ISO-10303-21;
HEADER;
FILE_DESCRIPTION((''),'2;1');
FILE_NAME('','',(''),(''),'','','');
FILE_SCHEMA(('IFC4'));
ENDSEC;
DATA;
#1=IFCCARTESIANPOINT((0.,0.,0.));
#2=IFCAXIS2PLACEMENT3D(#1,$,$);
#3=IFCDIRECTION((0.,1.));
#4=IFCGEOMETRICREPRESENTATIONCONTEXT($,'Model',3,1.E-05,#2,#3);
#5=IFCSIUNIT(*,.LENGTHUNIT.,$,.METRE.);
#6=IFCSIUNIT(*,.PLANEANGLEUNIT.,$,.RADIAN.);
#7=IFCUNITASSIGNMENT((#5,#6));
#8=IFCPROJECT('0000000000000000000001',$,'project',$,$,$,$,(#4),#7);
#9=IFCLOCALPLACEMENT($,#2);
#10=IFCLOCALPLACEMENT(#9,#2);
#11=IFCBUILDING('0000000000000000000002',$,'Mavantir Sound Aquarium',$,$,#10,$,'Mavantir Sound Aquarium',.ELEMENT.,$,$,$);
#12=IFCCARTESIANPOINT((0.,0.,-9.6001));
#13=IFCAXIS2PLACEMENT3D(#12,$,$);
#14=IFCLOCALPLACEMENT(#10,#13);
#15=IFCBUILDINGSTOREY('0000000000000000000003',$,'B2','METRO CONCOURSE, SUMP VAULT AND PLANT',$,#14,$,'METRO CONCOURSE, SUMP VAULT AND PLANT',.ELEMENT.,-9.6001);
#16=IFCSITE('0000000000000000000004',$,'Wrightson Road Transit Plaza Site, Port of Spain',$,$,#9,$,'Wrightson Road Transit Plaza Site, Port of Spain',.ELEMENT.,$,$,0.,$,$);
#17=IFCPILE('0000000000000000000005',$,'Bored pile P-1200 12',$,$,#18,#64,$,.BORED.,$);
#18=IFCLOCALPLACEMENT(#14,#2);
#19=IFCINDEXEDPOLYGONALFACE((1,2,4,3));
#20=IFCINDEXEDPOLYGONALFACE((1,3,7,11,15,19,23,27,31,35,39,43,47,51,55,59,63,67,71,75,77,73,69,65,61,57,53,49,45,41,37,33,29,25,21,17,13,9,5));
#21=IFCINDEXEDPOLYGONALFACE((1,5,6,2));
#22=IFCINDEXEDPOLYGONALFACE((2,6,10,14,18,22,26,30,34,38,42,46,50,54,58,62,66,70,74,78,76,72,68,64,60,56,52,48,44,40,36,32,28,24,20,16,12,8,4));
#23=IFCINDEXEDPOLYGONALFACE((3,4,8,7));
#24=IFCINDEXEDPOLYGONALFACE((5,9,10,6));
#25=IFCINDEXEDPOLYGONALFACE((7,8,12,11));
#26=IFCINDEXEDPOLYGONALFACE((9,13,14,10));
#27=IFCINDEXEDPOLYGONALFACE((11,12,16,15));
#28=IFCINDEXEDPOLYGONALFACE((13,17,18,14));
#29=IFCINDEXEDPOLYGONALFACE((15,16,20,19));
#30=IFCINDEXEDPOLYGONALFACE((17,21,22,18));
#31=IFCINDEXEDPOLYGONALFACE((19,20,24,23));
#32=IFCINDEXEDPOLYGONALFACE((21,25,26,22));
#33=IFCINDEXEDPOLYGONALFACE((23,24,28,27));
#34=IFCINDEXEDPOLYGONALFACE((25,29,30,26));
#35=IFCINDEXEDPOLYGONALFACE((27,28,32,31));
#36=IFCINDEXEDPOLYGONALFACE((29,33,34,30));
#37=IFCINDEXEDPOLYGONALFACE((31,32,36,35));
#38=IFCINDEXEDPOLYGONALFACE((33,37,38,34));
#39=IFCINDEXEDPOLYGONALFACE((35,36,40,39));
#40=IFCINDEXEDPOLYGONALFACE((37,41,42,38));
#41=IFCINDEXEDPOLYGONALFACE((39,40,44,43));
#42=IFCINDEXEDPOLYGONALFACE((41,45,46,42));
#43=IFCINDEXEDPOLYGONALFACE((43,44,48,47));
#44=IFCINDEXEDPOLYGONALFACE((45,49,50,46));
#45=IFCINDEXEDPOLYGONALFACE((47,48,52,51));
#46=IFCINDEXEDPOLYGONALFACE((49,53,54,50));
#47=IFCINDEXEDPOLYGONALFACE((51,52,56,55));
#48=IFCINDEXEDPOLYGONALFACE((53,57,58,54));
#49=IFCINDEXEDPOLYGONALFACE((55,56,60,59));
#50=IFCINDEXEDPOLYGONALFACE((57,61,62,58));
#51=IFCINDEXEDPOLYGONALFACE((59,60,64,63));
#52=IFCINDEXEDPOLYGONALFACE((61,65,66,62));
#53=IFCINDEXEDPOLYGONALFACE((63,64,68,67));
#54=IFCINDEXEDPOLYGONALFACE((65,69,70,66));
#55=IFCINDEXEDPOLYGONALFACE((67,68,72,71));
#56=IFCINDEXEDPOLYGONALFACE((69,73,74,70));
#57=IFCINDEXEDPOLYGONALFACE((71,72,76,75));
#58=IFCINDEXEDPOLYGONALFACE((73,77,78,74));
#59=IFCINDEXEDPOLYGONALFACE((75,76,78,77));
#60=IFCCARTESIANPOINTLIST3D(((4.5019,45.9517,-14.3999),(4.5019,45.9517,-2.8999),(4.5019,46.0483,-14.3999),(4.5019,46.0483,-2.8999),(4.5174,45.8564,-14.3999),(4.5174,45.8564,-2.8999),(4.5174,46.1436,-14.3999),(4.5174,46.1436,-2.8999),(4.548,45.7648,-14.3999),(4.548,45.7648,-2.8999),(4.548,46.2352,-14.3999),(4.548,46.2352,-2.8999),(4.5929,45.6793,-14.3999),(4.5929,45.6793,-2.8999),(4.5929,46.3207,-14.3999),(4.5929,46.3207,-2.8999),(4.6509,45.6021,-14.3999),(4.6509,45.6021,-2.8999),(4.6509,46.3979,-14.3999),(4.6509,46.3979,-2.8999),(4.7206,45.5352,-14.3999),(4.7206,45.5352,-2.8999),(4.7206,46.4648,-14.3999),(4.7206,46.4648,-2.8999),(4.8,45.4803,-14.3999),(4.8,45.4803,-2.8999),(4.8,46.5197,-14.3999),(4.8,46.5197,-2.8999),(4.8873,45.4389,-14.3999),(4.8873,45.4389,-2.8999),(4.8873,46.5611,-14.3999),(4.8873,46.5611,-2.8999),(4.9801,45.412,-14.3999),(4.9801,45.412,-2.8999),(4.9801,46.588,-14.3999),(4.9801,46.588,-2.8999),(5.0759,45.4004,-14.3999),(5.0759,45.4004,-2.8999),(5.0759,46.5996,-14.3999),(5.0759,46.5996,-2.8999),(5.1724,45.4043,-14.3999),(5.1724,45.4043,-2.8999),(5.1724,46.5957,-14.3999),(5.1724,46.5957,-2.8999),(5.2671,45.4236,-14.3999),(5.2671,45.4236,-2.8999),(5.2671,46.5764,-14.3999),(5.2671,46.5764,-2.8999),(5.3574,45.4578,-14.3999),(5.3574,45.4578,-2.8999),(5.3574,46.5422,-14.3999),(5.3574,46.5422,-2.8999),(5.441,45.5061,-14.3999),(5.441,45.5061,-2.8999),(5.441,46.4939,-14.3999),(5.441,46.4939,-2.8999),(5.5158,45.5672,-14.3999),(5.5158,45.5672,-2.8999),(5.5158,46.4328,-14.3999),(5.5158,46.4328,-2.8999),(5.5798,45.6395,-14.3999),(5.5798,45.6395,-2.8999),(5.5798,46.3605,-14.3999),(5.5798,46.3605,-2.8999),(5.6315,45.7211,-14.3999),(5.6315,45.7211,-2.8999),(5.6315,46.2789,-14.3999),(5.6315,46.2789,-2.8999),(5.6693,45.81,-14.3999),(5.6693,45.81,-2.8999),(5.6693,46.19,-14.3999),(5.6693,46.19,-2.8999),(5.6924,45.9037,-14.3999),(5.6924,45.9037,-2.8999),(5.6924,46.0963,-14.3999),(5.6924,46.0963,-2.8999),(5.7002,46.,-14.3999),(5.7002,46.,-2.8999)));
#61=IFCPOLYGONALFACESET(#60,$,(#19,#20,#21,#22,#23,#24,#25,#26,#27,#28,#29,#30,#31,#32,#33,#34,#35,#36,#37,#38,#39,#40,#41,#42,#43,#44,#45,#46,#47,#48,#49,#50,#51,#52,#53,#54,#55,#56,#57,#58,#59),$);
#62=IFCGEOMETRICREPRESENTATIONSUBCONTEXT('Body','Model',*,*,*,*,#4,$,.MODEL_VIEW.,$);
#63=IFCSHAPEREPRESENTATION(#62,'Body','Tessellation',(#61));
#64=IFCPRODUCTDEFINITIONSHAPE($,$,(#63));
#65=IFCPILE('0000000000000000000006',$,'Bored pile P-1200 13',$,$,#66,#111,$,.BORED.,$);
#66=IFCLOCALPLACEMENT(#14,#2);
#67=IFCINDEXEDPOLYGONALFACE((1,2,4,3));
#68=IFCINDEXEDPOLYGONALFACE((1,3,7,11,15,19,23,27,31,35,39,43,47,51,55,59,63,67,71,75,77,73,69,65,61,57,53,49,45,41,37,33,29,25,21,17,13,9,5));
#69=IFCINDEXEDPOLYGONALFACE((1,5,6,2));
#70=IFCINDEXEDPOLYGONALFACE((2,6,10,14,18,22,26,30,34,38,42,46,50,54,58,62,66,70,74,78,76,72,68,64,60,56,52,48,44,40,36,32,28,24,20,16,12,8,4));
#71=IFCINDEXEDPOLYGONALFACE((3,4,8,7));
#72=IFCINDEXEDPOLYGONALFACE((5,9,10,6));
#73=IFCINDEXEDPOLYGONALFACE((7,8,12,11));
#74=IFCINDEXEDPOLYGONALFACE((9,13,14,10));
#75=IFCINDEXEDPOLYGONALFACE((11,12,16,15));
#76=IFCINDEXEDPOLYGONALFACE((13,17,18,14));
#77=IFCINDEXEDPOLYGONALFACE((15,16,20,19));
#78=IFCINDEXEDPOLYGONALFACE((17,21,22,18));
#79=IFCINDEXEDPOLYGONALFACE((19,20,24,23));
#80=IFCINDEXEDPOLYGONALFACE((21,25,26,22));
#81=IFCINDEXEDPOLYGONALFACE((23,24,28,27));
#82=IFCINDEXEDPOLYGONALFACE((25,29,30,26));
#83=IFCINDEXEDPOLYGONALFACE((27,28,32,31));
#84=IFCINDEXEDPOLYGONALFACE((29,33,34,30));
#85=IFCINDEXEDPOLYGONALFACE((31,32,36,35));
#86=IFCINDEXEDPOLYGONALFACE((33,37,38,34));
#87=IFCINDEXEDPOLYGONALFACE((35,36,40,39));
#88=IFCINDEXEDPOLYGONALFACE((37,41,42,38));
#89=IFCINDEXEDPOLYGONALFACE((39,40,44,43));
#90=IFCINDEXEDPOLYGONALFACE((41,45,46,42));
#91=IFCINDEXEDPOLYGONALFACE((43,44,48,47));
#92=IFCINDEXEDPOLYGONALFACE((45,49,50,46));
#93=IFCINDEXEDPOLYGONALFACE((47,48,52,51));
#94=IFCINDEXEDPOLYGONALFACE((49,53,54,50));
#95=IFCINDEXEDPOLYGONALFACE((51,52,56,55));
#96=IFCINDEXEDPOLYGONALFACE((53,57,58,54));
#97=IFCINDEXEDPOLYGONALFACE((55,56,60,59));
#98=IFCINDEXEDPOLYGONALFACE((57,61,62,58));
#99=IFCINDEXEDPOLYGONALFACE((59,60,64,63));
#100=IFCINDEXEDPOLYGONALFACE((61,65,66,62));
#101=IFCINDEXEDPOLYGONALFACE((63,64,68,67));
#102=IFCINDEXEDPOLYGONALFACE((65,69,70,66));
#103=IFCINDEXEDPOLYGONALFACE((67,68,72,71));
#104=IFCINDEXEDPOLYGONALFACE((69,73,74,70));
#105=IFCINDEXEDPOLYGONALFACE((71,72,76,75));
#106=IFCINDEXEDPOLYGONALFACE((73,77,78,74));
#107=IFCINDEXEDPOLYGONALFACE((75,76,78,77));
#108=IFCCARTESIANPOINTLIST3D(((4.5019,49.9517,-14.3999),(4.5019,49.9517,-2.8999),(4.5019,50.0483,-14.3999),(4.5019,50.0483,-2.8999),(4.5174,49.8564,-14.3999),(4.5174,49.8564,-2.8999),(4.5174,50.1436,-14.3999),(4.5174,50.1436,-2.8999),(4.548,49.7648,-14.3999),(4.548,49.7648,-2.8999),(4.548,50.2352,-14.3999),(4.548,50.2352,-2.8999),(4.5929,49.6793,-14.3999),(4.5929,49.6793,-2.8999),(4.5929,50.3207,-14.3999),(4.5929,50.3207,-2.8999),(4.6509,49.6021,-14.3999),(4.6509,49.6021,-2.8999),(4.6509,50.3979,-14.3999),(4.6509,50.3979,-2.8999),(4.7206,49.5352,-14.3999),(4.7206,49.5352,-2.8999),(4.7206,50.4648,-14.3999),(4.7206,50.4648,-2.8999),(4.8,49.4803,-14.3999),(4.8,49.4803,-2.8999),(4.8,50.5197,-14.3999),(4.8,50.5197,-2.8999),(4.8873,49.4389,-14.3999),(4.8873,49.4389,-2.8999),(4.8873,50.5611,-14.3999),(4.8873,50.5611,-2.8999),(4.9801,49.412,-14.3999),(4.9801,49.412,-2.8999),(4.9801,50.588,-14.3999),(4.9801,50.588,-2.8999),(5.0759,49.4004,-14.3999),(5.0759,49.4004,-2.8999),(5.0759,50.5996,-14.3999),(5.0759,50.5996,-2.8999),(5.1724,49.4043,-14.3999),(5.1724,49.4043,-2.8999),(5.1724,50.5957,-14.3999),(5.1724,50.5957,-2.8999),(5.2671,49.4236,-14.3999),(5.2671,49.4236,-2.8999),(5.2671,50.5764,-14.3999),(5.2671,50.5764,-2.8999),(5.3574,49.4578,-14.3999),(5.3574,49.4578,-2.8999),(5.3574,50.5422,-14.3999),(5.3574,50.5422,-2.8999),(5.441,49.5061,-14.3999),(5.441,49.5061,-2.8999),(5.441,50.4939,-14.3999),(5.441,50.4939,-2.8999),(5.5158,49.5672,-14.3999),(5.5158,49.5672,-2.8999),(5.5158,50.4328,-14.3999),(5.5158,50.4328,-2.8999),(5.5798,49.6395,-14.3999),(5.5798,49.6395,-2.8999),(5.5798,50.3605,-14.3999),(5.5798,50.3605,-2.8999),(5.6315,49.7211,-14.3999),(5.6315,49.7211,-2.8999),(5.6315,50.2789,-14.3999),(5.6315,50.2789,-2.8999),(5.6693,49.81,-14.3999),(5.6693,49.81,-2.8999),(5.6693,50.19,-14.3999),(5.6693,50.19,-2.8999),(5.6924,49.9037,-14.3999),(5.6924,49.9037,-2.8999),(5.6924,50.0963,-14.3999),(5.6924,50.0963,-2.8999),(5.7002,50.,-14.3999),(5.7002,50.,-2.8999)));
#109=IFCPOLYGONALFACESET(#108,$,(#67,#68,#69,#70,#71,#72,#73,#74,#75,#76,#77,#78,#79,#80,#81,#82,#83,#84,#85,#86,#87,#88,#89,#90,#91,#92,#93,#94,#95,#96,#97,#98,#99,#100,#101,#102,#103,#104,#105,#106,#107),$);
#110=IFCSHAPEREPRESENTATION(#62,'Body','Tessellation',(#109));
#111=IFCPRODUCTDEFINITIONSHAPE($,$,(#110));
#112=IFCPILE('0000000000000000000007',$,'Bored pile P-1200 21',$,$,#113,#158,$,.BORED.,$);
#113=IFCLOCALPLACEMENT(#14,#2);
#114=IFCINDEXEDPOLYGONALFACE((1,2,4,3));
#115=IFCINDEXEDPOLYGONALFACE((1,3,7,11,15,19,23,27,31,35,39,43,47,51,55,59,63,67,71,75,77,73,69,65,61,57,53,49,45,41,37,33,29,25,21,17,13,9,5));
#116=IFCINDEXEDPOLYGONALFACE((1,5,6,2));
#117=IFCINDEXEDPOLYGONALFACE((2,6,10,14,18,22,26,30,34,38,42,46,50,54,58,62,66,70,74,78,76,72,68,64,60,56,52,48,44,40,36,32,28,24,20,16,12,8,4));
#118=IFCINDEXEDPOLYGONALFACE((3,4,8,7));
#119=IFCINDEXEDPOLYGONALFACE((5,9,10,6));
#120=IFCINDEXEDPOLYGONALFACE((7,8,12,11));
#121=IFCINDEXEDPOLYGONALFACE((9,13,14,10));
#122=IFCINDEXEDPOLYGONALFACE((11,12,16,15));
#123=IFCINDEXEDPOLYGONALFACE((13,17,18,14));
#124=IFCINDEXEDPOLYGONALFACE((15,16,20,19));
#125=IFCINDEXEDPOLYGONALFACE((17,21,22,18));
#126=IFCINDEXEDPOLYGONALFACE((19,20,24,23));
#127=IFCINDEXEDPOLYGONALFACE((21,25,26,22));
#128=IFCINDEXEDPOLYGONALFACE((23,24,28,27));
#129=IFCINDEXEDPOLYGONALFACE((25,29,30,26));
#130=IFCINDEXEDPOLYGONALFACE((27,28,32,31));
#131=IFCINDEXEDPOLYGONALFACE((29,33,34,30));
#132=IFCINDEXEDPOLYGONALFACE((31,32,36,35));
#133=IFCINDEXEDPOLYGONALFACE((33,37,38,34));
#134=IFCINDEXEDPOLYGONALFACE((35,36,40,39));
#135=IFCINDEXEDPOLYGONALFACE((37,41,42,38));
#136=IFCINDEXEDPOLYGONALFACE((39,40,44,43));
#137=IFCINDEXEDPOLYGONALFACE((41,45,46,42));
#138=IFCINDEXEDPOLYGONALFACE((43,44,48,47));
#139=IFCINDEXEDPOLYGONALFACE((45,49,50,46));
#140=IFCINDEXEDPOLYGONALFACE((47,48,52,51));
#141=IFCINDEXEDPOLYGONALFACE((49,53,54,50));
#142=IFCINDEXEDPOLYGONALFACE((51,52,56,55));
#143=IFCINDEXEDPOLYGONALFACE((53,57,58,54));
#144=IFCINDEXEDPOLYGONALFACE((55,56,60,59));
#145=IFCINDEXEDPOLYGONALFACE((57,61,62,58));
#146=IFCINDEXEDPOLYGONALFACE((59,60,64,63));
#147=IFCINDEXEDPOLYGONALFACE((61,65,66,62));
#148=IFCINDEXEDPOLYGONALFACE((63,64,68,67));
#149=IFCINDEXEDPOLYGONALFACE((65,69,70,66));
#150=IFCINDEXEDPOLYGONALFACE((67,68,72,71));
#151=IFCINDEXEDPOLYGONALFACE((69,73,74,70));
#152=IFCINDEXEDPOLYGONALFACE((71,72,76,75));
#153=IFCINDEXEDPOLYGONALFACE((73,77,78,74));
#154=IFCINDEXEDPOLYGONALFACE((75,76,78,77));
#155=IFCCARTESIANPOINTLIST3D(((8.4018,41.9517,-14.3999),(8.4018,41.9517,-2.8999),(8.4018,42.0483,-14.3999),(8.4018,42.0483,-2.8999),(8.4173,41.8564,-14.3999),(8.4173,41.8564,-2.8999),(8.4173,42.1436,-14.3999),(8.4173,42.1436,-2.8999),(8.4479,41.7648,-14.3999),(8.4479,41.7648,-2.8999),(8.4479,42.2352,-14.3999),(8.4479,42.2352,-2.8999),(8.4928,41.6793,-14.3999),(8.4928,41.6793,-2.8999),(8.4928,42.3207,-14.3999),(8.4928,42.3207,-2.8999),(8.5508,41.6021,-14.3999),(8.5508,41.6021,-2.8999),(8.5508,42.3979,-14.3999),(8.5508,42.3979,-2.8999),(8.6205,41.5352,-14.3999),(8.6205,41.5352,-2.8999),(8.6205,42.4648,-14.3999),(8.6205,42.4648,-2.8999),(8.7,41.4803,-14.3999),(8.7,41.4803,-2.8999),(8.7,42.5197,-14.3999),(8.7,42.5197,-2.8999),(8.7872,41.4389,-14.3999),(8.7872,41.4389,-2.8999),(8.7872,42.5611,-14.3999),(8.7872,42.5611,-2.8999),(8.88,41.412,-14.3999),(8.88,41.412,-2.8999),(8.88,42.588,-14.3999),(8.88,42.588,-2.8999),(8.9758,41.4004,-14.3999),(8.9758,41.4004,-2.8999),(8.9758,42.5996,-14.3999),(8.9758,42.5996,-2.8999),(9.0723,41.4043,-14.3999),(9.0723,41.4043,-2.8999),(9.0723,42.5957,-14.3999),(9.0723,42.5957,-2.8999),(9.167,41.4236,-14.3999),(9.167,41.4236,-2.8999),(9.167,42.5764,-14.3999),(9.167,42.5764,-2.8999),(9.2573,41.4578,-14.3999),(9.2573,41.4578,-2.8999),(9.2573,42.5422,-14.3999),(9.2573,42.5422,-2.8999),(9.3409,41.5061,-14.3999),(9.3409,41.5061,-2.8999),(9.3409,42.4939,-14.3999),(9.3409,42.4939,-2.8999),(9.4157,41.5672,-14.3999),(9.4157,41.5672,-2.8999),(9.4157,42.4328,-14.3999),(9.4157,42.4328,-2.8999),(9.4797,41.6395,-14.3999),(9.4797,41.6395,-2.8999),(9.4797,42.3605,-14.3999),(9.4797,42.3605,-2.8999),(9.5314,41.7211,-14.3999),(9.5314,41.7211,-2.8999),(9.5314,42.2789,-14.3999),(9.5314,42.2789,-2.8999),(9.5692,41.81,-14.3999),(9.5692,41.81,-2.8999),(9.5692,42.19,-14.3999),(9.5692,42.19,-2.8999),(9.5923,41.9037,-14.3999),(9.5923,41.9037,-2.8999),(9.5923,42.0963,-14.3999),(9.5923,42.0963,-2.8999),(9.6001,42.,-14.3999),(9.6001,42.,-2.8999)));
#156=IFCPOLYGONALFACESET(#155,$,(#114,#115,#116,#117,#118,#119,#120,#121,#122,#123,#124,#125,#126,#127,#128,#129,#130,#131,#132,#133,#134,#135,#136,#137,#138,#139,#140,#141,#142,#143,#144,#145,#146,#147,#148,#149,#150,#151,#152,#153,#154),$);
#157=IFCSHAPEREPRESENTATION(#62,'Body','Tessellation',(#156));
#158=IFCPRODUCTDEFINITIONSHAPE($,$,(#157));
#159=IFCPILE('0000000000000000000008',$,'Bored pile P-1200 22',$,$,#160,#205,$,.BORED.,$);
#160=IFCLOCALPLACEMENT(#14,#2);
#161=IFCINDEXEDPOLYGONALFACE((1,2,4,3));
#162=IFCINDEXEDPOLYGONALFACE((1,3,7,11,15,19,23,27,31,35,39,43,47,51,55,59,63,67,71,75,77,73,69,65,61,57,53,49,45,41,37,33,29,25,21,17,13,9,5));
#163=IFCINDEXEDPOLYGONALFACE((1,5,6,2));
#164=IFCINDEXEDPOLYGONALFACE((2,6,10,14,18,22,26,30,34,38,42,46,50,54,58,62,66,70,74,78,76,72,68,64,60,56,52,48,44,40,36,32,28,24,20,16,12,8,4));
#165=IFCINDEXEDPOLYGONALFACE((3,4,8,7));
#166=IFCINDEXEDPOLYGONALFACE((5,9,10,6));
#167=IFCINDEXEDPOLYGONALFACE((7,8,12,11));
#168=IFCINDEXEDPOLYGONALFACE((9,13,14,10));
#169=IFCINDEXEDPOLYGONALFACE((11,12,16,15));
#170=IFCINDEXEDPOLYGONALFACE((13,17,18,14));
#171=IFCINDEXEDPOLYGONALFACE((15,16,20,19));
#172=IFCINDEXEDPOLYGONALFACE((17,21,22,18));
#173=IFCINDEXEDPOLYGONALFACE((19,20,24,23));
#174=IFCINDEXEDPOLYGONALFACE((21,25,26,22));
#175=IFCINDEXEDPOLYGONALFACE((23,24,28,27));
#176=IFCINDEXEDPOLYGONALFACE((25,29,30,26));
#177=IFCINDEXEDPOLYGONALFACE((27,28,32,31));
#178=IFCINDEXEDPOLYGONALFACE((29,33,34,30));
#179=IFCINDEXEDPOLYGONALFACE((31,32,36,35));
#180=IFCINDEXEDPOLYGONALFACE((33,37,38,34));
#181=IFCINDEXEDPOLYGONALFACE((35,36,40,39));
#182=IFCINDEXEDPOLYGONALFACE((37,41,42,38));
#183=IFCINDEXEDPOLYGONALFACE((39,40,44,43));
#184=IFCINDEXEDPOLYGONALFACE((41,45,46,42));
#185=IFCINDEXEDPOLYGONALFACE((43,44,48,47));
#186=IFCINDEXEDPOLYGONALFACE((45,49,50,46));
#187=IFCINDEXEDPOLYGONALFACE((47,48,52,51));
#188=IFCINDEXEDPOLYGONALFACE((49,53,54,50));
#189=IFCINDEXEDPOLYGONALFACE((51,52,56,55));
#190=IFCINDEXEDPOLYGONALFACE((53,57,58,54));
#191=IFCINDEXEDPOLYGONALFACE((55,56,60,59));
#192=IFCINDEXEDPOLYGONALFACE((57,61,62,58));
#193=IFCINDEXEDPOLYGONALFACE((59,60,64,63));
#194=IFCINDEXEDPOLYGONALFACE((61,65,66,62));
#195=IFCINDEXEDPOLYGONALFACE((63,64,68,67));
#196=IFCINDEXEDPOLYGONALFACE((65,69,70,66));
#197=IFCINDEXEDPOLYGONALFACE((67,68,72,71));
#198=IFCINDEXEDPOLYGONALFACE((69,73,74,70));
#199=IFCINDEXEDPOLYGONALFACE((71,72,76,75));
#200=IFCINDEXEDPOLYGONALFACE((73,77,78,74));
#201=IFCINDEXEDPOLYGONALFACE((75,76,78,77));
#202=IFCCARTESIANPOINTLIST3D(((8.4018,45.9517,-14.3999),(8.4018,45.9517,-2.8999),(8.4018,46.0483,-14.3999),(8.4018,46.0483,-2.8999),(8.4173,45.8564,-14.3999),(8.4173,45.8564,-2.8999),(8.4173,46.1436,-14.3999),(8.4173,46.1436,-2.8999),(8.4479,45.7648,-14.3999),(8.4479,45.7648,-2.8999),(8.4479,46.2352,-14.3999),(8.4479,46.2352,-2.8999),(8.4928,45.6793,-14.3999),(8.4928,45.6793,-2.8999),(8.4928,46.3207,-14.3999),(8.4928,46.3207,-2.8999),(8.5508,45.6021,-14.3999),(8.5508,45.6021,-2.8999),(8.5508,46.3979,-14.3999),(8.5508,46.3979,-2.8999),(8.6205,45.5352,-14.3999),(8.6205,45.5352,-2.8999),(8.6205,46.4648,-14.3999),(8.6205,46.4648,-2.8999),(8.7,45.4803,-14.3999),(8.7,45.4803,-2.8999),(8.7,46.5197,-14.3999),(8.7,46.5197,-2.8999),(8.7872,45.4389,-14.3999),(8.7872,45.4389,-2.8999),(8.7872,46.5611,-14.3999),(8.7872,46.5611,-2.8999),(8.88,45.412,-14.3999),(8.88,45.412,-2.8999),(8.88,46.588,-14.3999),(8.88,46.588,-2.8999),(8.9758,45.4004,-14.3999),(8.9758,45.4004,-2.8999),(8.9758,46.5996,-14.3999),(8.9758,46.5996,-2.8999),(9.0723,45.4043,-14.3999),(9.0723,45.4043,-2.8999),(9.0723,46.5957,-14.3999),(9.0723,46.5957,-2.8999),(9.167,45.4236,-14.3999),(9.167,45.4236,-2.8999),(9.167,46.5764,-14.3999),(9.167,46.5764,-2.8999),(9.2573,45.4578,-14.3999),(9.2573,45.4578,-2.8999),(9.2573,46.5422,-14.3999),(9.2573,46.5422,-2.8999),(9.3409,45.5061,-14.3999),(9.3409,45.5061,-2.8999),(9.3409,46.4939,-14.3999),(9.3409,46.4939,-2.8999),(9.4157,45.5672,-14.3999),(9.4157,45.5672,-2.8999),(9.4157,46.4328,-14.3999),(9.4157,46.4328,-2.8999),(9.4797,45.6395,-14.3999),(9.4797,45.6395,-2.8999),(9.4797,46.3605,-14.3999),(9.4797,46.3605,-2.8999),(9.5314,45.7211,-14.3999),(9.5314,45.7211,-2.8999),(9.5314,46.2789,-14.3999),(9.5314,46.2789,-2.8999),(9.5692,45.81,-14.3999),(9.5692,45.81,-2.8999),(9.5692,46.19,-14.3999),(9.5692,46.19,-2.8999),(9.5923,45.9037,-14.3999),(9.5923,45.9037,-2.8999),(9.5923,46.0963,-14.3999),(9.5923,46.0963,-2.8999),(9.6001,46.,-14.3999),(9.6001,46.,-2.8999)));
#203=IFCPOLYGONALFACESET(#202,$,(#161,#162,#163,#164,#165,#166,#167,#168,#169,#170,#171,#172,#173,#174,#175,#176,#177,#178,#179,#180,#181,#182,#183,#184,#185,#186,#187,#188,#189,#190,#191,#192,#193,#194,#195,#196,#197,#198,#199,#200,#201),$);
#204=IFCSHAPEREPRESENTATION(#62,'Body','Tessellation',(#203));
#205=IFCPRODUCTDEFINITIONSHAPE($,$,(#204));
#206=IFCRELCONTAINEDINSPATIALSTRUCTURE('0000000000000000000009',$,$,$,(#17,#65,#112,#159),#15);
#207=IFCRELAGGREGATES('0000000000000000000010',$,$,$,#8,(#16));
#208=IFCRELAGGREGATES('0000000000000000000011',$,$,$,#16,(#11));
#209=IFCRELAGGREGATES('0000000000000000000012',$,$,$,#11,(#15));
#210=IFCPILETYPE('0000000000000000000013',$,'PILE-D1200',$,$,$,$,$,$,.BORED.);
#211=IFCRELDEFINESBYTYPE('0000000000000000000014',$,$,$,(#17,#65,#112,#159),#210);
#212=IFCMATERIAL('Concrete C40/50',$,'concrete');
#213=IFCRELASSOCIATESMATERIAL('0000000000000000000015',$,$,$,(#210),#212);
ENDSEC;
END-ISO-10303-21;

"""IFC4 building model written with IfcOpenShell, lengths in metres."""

from ifc_helpers import new_model, si_unit, direction, frame, origin, origin_2d, place, context, subcontext, project, spatial, circle, extrude, material, material_profile, profile_set, type_object, element, save


model = new_model("IFC4")

# Units and contexts
model_context = context("Model", 3, precision=1e-05, world=origin(), true_north=direction((0.0, 1.0)))
body_context = subcontext(model_context, "Body", "Model", "MODEL_VIEW")
ifc_project = project(units=[si_unit("LENGTHUNIT", "METRE"), si_unit("PLANEANGLEUNIT", "RADIAN")], contexts=[model_context])

# Site, building, storey
site_placement = place(None, origin())
site = spatial("IfcSite", under=ifc_project, at=site_placement, Name="Wrightson Road Transit Plaza Site, Port of Spain", LongName="Wrightson Road Transit Plaza Site, Port of Spain", CompositionType="ELEMENT", RefElevation=0.0)
building_placement = place(site_placement, origin())
building = spatial("IfcBuilding", under=site, at=building_placement, Name="Mavantir Sound Aquarium", LongName="Mavantir Sound Aquarium", CompositionType="ELEMENT")
storey_placement = place(building_placement, frame((0.0, 0.0, -9.6001)))
storey = spatial("IfcBuildingStorey", under=building, at=storey_placement, Name="B2", Description="METRO CONCOURSE, SUMP VAULT AND PLANT", LongName="METRO CONCOURSE, SUMP VAULT AND PLANT", CompositionType="ELEMENT", Elevation=-9.6001)

# Piles
ifc_material_1 = material(Name="Concrete C40/50", Category="concrete")
ifc_material_profile_1 = material_profile(ifc_material_1, circle(Radius=0.6001, at=origin_2d()), Name="PILE D1200")
ifc_profile_set_1 = profile_set([ifc_material_profile_1], Name="Concrete C40/50")
pile_type = type_object("IfcPileType", Name="PILE-D1200", PredefinedType="BORED", material=ifc_profile_set_1)
for number, where, z_axis, x_axis, name in (
    (1, (5.1001, 46.0, -2.8999), (0.0, 0.0, -1.0), (1.0, 0.0, 0.0), "Bored pile P-1200 12"),
    (2, (5.1001, 50.0, -2.8999), (0.0, 0.0, -1.0), (1.0, 0.0, 0.0), "Bored pile P-1200 13"),
    (3, (9.0, 42.0, -2.8999), (0.0, 0.0, -1.0), (1.0, 0.0, 0.0), "Bored pile P-1200 21"),
    (4, (9.0, 46.0, -2.8999), (0.0, 0.0, -1.0), (1.0, 0.0, 0.0), "Bored pile P-1200 22"),
):
    element("IfcPile", number, at=place(storey_placement, frame(where, z_axis=z_axis, x_axis=x_axis)), inside=storey, type_object=pile_type, Name=name, PredefinedType="BORED", context=body_context, shape_type="SweptSolid", body=[
        extrude(circle(Radius=0.6001, at=origin_2d()), origin(), (0.0, 0.0, 1.0), 11.5),
    ])

save(model, "model.ifc")
